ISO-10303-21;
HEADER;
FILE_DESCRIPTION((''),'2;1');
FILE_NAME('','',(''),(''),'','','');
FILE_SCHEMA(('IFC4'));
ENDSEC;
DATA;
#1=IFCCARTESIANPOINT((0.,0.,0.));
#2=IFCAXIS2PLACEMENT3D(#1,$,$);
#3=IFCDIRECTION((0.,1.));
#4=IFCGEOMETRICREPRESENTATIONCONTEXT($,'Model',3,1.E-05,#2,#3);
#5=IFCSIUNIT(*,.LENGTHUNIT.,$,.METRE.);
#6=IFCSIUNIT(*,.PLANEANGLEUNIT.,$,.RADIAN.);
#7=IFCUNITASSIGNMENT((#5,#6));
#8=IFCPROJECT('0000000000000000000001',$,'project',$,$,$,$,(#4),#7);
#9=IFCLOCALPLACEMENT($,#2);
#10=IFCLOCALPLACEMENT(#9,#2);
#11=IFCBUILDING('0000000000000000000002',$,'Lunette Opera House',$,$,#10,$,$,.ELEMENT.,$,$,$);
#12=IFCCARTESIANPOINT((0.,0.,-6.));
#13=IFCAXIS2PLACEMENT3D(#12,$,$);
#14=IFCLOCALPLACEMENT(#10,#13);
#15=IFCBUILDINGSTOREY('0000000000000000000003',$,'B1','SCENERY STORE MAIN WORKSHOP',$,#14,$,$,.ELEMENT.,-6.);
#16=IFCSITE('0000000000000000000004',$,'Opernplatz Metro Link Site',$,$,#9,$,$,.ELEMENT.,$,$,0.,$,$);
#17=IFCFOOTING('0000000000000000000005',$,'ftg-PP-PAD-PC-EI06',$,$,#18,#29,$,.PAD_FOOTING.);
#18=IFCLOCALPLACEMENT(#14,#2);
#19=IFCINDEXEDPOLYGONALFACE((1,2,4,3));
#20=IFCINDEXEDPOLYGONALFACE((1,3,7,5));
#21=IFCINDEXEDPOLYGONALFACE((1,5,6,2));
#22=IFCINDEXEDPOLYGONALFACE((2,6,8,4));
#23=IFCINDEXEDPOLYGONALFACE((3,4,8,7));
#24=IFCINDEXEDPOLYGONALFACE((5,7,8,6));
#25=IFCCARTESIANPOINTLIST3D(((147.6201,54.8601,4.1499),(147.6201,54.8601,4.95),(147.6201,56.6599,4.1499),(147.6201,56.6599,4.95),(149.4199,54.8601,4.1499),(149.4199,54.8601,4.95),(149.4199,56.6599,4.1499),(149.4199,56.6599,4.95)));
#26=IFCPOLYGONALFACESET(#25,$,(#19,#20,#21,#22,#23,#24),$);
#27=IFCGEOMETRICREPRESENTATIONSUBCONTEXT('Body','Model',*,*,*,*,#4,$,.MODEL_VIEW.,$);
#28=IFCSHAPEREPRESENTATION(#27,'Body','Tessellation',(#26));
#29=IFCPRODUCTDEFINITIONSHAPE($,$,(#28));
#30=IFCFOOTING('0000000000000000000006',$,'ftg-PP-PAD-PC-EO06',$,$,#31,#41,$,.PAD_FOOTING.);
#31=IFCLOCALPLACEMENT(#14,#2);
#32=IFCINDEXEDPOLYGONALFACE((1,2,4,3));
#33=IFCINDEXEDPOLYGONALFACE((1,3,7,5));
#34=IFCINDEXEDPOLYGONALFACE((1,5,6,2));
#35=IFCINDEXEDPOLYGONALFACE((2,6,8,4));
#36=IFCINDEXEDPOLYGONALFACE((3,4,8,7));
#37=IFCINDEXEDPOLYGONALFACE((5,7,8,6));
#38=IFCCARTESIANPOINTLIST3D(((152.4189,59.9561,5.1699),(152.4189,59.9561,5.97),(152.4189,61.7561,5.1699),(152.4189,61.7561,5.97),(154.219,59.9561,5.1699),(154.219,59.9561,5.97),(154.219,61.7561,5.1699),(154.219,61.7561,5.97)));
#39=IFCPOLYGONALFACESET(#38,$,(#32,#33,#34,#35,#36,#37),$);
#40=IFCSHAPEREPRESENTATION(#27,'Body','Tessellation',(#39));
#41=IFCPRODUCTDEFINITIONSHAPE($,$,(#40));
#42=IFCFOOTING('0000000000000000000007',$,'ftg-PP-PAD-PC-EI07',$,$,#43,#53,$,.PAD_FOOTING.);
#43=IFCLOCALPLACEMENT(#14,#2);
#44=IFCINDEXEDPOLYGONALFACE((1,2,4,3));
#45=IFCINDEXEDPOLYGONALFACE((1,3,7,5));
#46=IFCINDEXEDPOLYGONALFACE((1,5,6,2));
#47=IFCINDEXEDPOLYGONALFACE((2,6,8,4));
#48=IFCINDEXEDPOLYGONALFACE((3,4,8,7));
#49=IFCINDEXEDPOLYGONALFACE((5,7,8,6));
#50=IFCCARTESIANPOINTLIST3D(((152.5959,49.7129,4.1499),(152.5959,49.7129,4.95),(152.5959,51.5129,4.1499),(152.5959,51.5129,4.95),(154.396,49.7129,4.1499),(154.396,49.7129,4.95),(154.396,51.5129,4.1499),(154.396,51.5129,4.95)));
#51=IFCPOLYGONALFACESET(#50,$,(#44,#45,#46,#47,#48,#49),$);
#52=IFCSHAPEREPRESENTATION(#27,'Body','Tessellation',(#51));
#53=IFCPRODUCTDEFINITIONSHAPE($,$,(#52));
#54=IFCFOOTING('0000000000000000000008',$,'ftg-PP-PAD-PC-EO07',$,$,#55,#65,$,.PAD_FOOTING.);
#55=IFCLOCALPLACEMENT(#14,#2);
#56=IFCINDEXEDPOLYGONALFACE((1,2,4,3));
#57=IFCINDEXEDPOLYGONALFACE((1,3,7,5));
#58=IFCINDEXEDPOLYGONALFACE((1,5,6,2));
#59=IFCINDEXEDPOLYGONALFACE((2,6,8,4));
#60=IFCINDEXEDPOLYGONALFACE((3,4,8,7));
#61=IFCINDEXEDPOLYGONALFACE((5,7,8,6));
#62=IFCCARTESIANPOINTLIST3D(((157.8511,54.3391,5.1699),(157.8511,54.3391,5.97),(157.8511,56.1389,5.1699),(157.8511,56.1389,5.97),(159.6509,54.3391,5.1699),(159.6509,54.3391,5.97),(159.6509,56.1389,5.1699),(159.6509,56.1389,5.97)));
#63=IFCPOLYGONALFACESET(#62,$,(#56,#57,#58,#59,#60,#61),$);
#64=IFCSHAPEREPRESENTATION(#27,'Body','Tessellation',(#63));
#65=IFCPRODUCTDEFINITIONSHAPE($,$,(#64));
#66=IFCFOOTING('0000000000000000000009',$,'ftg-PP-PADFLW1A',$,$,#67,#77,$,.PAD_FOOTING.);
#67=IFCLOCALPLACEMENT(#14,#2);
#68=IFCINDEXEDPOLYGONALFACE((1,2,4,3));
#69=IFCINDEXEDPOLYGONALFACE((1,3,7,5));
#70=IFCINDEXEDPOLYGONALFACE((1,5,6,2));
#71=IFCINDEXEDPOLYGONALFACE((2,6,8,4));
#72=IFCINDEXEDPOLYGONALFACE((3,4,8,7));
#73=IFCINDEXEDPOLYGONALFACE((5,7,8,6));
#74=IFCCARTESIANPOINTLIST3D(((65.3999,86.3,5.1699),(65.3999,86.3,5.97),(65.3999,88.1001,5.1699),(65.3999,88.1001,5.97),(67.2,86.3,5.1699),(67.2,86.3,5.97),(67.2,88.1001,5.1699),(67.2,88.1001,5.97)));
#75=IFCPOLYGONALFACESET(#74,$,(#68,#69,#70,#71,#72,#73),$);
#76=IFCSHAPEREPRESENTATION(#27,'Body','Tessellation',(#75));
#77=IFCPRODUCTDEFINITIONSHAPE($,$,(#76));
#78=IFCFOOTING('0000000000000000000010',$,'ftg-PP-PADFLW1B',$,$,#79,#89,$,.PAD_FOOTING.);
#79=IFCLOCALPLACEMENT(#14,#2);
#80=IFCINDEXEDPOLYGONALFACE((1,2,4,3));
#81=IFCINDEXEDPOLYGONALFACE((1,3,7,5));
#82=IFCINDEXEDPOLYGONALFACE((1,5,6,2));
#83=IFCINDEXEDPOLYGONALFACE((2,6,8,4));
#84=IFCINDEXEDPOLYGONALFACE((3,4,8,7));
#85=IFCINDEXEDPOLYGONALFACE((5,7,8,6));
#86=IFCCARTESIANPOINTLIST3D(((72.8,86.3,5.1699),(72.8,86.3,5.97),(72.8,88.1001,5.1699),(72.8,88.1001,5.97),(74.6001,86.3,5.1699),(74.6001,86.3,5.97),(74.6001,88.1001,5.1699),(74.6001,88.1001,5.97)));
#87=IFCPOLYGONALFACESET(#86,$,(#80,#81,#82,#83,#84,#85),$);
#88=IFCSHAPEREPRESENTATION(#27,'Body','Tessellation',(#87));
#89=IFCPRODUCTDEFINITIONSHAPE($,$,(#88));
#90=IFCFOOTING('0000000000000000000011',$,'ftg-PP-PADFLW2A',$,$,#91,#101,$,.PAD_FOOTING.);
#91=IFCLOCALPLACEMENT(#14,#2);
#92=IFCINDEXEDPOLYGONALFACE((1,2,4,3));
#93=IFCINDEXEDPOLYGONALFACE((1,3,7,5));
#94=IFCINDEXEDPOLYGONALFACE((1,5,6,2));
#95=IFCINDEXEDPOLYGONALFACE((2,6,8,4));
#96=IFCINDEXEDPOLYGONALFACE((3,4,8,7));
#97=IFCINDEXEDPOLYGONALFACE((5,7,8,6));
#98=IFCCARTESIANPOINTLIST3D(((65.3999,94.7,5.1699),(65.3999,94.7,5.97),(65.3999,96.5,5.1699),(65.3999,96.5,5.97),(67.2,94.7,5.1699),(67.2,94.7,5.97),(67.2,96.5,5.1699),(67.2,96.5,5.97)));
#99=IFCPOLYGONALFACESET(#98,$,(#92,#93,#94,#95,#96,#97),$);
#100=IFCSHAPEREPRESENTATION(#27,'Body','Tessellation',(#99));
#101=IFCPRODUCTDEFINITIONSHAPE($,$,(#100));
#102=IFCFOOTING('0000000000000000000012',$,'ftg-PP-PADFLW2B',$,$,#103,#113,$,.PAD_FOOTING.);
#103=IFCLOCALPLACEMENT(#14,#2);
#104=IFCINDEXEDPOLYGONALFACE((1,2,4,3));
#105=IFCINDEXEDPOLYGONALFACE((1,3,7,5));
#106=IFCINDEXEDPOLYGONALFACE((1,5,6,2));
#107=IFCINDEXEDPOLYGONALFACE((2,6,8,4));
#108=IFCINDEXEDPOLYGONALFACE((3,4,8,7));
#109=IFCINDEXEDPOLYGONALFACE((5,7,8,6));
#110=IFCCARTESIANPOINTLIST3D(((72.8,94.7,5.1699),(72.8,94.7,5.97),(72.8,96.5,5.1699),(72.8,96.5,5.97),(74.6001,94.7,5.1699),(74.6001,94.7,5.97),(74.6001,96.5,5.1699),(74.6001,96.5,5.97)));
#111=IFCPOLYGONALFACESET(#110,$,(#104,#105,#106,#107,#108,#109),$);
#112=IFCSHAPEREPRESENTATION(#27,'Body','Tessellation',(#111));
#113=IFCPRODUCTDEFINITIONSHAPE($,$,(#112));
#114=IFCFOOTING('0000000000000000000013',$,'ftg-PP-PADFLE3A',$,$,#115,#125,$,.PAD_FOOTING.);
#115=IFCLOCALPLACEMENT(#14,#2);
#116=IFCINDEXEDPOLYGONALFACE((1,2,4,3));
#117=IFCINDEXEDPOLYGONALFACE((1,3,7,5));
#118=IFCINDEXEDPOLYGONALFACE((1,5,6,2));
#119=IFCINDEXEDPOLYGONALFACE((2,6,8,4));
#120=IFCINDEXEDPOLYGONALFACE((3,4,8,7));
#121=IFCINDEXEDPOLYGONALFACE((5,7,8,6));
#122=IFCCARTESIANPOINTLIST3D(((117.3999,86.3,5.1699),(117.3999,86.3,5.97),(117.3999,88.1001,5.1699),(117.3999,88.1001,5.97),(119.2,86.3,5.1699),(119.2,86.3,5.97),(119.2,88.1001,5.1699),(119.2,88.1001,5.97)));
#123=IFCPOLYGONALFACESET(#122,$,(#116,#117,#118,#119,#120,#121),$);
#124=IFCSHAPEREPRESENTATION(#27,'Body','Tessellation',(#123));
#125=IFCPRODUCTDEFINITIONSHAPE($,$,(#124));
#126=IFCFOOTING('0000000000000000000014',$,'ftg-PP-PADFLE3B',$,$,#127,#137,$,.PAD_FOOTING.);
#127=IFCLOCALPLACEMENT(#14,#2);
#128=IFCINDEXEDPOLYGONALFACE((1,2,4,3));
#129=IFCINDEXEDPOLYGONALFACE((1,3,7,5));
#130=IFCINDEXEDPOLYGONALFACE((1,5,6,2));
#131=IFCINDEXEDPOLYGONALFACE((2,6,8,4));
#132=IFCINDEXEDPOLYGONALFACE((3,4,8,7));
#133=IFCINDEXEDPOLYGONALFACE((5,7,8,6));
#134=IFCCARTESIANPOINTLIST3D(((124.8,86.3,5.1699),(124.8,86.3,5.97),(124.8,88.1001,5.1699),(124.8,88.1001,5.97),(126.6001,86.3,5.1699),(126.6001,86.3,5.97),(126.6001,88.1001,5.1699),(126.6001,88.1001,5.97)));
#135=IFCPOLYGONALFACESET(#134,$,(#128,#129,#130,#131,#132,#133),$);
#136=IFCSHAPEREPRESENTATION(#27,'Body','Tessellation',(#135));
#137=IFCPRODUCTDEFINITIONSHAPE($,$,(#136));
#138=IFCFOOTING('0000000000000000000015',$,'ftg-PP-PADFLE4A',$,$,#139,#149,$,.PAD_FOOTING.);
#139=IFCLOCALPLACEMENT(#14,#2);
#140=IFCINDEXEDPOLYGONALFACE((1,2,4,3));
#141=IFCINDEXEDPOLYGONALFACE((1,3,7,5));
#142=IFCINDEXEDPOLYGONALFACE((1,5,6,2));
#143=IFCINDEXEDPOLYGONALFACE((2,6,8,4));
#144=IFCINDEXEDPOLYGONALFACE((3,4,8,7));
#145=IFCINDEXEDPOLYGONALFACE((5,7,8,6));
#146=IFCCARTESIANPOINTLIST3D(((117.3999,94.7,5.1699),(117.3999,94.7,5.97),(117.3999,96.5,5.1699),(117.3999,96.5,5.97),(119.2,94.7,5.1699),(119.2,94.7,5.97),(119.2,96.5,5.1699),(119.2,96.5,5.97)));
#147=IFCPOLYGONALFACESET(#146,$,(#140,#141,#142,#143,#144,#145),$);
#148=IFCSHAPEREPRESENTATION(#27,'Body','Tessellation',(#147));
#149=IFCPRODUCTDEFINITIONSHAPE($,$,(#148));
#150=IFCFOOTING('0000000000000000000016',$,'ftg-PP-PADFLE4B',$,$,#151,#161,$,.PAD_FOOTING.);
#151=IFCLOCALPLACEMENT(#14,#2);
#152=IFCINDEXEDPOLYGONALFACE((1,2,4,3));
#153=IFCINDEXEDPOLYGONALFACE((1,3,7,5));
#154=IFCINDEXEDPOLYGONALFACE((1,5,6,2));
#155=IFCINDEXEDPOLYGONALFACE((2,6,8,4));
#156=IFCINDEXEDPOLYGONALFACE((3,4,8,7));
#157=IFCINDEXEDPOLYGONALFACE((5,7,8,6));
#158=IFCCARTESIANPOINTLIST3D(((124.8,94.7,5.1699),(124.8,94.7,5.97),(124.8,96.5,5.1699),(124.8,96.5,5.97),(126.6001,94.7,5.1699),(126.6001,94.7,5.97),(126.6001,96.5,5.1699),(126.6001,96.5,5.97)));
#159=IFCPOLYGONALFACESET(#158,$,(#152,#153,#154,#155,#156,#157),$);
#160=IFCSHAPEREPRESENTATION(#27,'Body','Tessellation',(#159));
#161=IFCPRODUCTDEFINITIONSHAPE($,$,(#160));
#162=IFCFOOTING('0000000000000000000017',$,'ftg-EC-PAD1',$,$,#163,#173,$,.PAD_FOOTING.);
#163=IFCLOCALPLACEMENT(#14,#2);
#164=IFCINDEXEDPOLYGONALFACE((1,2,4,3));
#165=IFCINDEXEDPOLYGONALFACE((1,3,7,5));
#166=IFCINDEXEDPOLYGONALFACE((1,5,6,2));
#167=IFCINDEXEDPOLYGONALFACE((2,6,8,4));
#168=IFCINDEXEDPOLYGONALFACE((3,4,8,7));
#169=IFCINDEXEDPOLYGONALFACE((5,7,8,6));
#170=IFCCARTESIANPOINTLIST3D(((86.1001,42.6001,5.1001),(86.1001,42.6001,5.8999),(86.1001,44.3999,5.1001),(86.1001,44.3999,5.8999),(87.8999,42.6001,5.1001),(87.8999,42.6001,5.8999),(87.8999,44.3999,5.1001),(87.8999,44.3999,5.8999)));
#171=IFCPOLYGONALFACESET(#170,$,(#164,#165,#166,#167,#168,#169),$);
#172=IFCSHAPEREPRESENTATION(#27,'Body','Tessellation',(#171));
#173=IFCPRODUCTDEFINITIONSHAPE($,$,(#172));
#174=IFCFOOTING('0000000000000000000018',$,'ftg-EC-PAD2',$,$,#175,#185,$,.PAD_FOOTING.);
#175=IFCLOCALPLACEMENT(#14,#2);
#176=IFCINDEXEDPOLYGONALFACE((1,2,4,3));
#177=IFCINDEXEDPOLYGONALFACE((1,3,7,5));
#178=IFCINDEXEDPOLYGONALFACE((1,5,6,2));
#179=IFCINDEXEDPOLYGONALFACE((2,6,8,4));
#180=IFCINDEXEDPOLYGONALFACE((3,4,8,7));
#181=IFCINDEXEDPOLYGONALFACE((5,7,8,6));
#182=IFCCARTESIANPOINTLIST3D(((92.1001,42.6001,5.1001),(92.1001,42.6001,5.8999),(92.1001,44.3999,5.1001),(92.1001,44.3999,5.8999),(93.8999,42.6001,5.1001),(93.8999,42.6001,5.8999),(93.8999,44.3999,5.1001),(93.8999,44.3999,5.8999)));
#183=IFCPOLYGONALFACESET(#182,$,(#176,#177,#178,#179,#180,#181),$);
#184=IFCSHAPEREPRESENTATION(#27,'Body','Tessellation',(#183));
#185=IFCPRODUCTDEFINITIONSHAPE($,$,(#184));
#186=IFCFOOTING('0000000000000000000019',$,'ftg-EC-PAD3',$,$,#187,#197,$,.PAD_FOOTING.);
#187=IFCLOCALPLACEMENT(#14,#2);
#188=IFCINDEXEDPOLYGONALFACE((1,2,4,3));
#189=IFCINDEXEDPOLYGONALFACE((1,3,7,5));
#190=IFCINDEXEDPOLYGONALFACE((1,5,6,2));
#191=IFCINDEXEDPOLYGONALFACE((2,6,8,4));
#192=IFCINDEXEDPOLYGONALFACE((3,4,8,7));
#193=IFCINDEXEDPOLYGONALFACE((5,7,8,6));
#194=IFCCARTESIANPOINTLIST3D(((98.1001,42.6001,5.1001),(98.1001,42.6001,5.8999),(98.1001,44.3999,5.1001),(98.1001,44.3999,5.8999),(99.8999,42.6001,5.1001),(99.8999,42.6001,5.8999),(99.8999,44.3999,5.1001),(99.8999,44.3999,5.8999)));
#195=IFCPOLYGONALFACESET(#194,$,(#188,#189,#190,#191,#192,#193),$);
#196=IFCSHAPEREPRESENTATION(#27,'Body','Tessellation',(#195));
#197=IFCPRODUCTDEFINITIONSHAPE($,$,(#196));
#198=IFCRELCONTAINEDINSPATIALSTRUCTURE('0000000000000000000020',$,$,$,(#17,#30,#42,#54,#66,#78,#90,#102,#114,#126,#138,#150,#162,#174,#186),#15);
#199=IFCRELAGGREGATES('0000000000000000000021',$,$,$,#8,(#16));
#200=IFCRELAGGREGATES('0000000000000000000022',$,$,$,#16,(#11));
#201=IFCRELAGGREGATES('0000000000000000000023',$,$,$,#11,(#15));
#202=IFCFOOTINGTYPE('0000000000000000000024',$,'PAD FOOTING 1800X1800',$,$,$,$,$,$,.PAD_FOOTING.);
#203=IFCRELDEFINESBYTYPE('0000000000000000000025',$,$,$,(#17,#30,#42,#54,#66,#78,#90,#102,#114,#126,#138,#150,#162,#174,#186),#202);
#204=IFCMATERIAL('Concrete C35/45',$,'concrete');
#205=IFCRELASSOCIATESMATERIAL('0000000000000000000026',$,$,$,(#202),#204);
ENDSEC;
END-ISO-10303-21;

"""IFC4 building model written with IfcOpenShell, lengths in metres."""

from ifc_helpers import new_model, si_unit, direction, frame, origin, place, context, subcontext, project, spatial, polyline, outline, extrude, material, type_object, element, save


model = new_model("IFC4")

# Units and contexts
model_context = context("Model", 3, precision=1e-05, world=origin(), true_north=direction((0.0, 1.0)))
body_context = subcontext(model_context, "Body", "Model", "MODEL_VIEW")
ifc_project = project(units=[si_unit("LENGTHUNIT", "METRE"), si_unit("PLANEANGLEUNIT", "RADIAN")], contexts=[model_context])

# Site, building, storey
site_placement = place(None, origin())
site = spatial("IfcSite", under=ifc_project, at=site_placement, Name="Opernplatz Metro Link Site", CompositionType="ELEMENT", RefElevation=0.0)
building_placement = place(site_placement, origin())
building = spatial("IfcBuilding", under=site, at=building_placement, Name="Lunette Opera House", CompositionType="ELEMENT")
storey_placement = place(building_placement, frame((0.0, 0.0, -6.0)))
storey = spatial("IfcBuildingStorey", under=building, at=storey_placement, Name="B1", Description="SCENERY STORE MAIN WORKSHOP", CompositionType="ELEMENT", Elevation=-6.0)

# Footings
ifc_material_1 = material(Name="Concrete C35/45", Category="concrete")
footing_type_1 = type_object("IfcFootingType", Name="PAD FOOTING 1800X1800", PredefinedType="PAD_FOOTING", material=ifc_material_1)
footing_1_placement = place(storey_placement, frame((0.0, 0.0, 4.1499)))
element("IfcFooting", 1, at=footing_1_placement, inside=storey, type_object=footing_type_1, Name="ftg-PP-PAD-PC-EI06", PredefinedType="PAD_FOOTING", context=body_context, shape_type="SweptSolid", body=[
    extrude(outline(polyline([(149.4199, 54.8601), (149.4199, 56.6599), (147.6201, 56.6599), (147.6201, 54.8601), (149.4199, 54.8601)])), origin(), (0.0, 0.0, 1.0), 0.8),
])
footing_2_placement = place(storey_placement, frame((0.0, 0.0, 5.1699)))
element("IfcFooting", 2, at=footing_2_placement, inside=storey, type_object=footing_type_1, Name="ftg-PP-PAD-PC-EO06", PredefinedType="PAD_FOOTING", context=body_context, shape_type="SweptSolid", body=[
    extrude(outline(polyline([(154.219, 59.9561), (154.219, 61.7561), (152.4189, 61.7561), (152.4189, 59.9561), (154.219, 59.9561)])), origin(), (0.0, 0.0, 1.0), 0.8),
])
footing_3_placement = place(storey_placement, frame((0.0, 0.0, 4.1499)))
element("IfcFooting", 3, at=footing_3_placement, inside=storey, type_object=footing_type_1, Name="ftg-PP-PAD-PC-EI07", PredefinedType="PAD_FOOTING", context=body_context, shape_type="SweptSolid", body=[
    extrude(outline(polyline([(154.396, 49.7129), (154.396, 51.5129), (152.5959, 51.5129), (152.5959, 49.7129), (154.396, 49.7129)])), origin(), (0.0, 0.0, 1.0), 0.8),
])
footing_4_placement = place(storey_placement, frame((0.0, 0.0, 5.1699)))
element("IfcFooting", 4, at=footing_4_placement, inside=storey, type_object=footing_type_1, Name="ftg-PP-PAD-PC-EO07", PredefinedType="PAD_FOOTING", context=body_context, shape_type="SweptSolid", body=[
    extrude(outline(polyline([(159.6509, 54.3391), (159.6509, 56.1389), (157.8511, 56.1389), (157.8511, 54.3391), (159.6509, 54.3391)])), origin(), (0.0, 0.0, 1.0), 0.8),
])
footing_5_placement = place(storey_placement, frame((0.0, 0.0, 5.1699)))
element("IfcFooting", 5, at=footing_5_placement, inside=storey, type_object=footing_type_1, Name="ftg-PP-PADFLW1A", PredefinedType="PAD_FOOTING", context=body_context, shape_type="SweptSolid", body=[
    extrude(outline(polyline([(67.2, 86.3), (67.2, 88.1001), (65.3999, 88.1001), (65.3999, 86.3), (67.2, 86.3)])), origin(), (0.0, 0.0, 1.0), 0.8),
])
footing_6_placement = place(storey_placement, frame((0.0, 0.0, 5.1699)))
element("IfcFooting", 6, at=footing_6_placement, inside=storey, type_object=footing_type_1, Name="ftg-PP-PADFLW1B", PredefinedType="PAD_FOOTING", context=body_context, shape_type="SweptSolid", body=[
    extrude(outline(polyline([(74.6001, 86.3), (74.6001, 88.1001), (72.8, 88.1001), (72.8, 86.3), (74.6001, 86.3)])), origin(), (0.0, 0.0, 1.0), 0.8),
])
footing_7_placement = place(storey_placement, frame((0.0, 0.0, 5.1699)))
element("IfcFooting", 7, at=footing_7_placement, inside=storey, type_object=footing_type_1, Name="ftg-PP-PADFLW2A", PredefinedType="PAD_FOOTING", context=body_context, shape_type="SweptSolid", body=[
    extrude(outline(polyline([(67.2, 94.7), (67.2, 96.5), (65.3999, 96.5), (65.3999, 94.7), (67.2, 94.7)])), origin(), (0.0, 0.0, 1.0), 0.8),
])
footing_8_placement = place(storey_placement, frame((0.0, 0.0, 5.1699)))
element("IfcFooting", 8, at=footing_8_placement, inside=storey, type_object=footing_type_1, Name="ftg-PP-PADFLW2B", PredefinedType="PAD_FOOTING", context=body_context, shape_type="SweptSolid", body=[
    extrude(outline(polyline([(74.6001, 94.7), (74.6001, 96.5), (72.8, 96.5), (72.8, 94.7), (74.6001, 94.7)])), origin(), (0.0, 0.0, 1.0), 0.8),
])
footing_9_placement = place(storey_placement, frame((0.0, 0.0, 5.1699)))
element("IfcFooting", 9, at=footing_9_placement, inside=storey, type_object=footing_type_1, Name="ftg-PP-PADFLE3A", PredefinedType="PAD_FOOTING", context=body_context, shape_type="SweptSolid", body=[
    extrude(outline(polyline([(119.2, 86.3), (119.2, 88.1001), (117.3999, 88.1001), (117.3999, 86.3), (119.2, 86.3)])), origin(), (0.0, 0.0, 1.0), 0.8),
])
footing_10_placement = place(storey_placement, frame((0.0, 0.0, 5.1699)))
element("IfcFooting", 10, at=footing_10_placement, inside=storey, type_object=footing_type_1, Name="ftg-PP-PADFLE3B", PredefinedType="PAD_FOOTING", context=body_context, shape_type="SweptSolid", body=[
    extrude(outline(polyline([(126.6001, 86.3), (126.6001, 88.1001), (124.8, 88.1001), (124.8, 86.3), (126.6001, 86.3)])), origin(), (0.0, 0.0, 1.0), 0.8),
])
footing_11_placement = place(storey_placement, frame((0.0, 0.0, 5.1699)))
element("IfcFooting", 11, at=footing_11_placement, inside=storey, type_object=footing_type_1, Name="ftg-PP-PADFLE4A", PredefinedType="PAD_FOOTING", context=body_context, shape_type="SweptSolid", body=[
    extrude(outline(polyline([(119.2, 94.7), (119.2, 96.5), (117.3999, 96.5), (117.3999, 94.7), (119.2, 94.7)])), origin(), (0.0, 0.0, 1.0), 0.8),
])
footing_12_placement = place(storey_placement, frame((0.0, 0.0, 5.1699)))
element("IfcFooting", 12, at=footing_12_placement, inside=storey, type_object=footing_type_1, Name="ftg-PP-PADFLE4B", PredefinedType="PAD_FOOTING", context=body_context, shape_type="SweptSolid", body=[
    extrude(outline(polyline([(126.6001, 94.7), (126.6001, 96.5), (124.8, 96.5), (124.8, 94.7), (126.6001, 94.7)])), origin(), (0.0, 0.0, 1.0), 0.8),
])
footing_13_placement = place(storey_placement, frame((0.0, 0.0, 5.1001)))
element("IfcFooting", 13, at=footing_13_placement, inside=storey, type_object=footing_type_1, Name="ftg-EC-PAD1", PredefinedType="PAD_FOOTING", context=body_context, shape_type="SweptSolid", body=[
    extrude(outline(polyline([(87.8999, 42.6001), (87.8999, 44.3999), (86.1001, 44.3999), (86.1001, 42.6001), (87.8999, 42.6001)])), origin(), (0.0, 0.0, 1.0), 0.7998),
])
footing_14_placement = place(storey_placement, frame((0.0, 0.0, 5.1001)))
element("IfcFooting", 14, at=footing_14_placement, inside=storey, type_object=footing_type_1, Name="ftg-EC-PAD2", PredefinedType="PAD_FOOTING", context=body_context, shape_type="SweptSolid", body=[
    extrude(outline(polyline([(93.8999, 42.6001), (93.8999, 44.3999), (92.1001, 44.3999), (92.1001, 42.6001), (93.8999, 42.6001)])), origin(), (0.0, 0.0, 1.0), 0.7998),
])
footing_15_placement = place(storey_placement, frame((0.0, 0.0, 5.1001)))
element("IfcFooting", 15, at=footing_15_placement, inside=storey, type_object=footing_type_1, Name="ftg-EC-PAD3", PredefinedType="PAD_FOOTING", context=body_context, shape_type="SweptSolid", body=[
    extrude(outline(polyline([(99.8999, 42.6001), (99.8999, 44.3999), (98.1001, 44.3999), (98.1001, 42.6001), (99.8999, 42.6001)])), origin(), (0.0, 0.0, 1.0), 0.7998),
])

save(model, "model.ifc")
